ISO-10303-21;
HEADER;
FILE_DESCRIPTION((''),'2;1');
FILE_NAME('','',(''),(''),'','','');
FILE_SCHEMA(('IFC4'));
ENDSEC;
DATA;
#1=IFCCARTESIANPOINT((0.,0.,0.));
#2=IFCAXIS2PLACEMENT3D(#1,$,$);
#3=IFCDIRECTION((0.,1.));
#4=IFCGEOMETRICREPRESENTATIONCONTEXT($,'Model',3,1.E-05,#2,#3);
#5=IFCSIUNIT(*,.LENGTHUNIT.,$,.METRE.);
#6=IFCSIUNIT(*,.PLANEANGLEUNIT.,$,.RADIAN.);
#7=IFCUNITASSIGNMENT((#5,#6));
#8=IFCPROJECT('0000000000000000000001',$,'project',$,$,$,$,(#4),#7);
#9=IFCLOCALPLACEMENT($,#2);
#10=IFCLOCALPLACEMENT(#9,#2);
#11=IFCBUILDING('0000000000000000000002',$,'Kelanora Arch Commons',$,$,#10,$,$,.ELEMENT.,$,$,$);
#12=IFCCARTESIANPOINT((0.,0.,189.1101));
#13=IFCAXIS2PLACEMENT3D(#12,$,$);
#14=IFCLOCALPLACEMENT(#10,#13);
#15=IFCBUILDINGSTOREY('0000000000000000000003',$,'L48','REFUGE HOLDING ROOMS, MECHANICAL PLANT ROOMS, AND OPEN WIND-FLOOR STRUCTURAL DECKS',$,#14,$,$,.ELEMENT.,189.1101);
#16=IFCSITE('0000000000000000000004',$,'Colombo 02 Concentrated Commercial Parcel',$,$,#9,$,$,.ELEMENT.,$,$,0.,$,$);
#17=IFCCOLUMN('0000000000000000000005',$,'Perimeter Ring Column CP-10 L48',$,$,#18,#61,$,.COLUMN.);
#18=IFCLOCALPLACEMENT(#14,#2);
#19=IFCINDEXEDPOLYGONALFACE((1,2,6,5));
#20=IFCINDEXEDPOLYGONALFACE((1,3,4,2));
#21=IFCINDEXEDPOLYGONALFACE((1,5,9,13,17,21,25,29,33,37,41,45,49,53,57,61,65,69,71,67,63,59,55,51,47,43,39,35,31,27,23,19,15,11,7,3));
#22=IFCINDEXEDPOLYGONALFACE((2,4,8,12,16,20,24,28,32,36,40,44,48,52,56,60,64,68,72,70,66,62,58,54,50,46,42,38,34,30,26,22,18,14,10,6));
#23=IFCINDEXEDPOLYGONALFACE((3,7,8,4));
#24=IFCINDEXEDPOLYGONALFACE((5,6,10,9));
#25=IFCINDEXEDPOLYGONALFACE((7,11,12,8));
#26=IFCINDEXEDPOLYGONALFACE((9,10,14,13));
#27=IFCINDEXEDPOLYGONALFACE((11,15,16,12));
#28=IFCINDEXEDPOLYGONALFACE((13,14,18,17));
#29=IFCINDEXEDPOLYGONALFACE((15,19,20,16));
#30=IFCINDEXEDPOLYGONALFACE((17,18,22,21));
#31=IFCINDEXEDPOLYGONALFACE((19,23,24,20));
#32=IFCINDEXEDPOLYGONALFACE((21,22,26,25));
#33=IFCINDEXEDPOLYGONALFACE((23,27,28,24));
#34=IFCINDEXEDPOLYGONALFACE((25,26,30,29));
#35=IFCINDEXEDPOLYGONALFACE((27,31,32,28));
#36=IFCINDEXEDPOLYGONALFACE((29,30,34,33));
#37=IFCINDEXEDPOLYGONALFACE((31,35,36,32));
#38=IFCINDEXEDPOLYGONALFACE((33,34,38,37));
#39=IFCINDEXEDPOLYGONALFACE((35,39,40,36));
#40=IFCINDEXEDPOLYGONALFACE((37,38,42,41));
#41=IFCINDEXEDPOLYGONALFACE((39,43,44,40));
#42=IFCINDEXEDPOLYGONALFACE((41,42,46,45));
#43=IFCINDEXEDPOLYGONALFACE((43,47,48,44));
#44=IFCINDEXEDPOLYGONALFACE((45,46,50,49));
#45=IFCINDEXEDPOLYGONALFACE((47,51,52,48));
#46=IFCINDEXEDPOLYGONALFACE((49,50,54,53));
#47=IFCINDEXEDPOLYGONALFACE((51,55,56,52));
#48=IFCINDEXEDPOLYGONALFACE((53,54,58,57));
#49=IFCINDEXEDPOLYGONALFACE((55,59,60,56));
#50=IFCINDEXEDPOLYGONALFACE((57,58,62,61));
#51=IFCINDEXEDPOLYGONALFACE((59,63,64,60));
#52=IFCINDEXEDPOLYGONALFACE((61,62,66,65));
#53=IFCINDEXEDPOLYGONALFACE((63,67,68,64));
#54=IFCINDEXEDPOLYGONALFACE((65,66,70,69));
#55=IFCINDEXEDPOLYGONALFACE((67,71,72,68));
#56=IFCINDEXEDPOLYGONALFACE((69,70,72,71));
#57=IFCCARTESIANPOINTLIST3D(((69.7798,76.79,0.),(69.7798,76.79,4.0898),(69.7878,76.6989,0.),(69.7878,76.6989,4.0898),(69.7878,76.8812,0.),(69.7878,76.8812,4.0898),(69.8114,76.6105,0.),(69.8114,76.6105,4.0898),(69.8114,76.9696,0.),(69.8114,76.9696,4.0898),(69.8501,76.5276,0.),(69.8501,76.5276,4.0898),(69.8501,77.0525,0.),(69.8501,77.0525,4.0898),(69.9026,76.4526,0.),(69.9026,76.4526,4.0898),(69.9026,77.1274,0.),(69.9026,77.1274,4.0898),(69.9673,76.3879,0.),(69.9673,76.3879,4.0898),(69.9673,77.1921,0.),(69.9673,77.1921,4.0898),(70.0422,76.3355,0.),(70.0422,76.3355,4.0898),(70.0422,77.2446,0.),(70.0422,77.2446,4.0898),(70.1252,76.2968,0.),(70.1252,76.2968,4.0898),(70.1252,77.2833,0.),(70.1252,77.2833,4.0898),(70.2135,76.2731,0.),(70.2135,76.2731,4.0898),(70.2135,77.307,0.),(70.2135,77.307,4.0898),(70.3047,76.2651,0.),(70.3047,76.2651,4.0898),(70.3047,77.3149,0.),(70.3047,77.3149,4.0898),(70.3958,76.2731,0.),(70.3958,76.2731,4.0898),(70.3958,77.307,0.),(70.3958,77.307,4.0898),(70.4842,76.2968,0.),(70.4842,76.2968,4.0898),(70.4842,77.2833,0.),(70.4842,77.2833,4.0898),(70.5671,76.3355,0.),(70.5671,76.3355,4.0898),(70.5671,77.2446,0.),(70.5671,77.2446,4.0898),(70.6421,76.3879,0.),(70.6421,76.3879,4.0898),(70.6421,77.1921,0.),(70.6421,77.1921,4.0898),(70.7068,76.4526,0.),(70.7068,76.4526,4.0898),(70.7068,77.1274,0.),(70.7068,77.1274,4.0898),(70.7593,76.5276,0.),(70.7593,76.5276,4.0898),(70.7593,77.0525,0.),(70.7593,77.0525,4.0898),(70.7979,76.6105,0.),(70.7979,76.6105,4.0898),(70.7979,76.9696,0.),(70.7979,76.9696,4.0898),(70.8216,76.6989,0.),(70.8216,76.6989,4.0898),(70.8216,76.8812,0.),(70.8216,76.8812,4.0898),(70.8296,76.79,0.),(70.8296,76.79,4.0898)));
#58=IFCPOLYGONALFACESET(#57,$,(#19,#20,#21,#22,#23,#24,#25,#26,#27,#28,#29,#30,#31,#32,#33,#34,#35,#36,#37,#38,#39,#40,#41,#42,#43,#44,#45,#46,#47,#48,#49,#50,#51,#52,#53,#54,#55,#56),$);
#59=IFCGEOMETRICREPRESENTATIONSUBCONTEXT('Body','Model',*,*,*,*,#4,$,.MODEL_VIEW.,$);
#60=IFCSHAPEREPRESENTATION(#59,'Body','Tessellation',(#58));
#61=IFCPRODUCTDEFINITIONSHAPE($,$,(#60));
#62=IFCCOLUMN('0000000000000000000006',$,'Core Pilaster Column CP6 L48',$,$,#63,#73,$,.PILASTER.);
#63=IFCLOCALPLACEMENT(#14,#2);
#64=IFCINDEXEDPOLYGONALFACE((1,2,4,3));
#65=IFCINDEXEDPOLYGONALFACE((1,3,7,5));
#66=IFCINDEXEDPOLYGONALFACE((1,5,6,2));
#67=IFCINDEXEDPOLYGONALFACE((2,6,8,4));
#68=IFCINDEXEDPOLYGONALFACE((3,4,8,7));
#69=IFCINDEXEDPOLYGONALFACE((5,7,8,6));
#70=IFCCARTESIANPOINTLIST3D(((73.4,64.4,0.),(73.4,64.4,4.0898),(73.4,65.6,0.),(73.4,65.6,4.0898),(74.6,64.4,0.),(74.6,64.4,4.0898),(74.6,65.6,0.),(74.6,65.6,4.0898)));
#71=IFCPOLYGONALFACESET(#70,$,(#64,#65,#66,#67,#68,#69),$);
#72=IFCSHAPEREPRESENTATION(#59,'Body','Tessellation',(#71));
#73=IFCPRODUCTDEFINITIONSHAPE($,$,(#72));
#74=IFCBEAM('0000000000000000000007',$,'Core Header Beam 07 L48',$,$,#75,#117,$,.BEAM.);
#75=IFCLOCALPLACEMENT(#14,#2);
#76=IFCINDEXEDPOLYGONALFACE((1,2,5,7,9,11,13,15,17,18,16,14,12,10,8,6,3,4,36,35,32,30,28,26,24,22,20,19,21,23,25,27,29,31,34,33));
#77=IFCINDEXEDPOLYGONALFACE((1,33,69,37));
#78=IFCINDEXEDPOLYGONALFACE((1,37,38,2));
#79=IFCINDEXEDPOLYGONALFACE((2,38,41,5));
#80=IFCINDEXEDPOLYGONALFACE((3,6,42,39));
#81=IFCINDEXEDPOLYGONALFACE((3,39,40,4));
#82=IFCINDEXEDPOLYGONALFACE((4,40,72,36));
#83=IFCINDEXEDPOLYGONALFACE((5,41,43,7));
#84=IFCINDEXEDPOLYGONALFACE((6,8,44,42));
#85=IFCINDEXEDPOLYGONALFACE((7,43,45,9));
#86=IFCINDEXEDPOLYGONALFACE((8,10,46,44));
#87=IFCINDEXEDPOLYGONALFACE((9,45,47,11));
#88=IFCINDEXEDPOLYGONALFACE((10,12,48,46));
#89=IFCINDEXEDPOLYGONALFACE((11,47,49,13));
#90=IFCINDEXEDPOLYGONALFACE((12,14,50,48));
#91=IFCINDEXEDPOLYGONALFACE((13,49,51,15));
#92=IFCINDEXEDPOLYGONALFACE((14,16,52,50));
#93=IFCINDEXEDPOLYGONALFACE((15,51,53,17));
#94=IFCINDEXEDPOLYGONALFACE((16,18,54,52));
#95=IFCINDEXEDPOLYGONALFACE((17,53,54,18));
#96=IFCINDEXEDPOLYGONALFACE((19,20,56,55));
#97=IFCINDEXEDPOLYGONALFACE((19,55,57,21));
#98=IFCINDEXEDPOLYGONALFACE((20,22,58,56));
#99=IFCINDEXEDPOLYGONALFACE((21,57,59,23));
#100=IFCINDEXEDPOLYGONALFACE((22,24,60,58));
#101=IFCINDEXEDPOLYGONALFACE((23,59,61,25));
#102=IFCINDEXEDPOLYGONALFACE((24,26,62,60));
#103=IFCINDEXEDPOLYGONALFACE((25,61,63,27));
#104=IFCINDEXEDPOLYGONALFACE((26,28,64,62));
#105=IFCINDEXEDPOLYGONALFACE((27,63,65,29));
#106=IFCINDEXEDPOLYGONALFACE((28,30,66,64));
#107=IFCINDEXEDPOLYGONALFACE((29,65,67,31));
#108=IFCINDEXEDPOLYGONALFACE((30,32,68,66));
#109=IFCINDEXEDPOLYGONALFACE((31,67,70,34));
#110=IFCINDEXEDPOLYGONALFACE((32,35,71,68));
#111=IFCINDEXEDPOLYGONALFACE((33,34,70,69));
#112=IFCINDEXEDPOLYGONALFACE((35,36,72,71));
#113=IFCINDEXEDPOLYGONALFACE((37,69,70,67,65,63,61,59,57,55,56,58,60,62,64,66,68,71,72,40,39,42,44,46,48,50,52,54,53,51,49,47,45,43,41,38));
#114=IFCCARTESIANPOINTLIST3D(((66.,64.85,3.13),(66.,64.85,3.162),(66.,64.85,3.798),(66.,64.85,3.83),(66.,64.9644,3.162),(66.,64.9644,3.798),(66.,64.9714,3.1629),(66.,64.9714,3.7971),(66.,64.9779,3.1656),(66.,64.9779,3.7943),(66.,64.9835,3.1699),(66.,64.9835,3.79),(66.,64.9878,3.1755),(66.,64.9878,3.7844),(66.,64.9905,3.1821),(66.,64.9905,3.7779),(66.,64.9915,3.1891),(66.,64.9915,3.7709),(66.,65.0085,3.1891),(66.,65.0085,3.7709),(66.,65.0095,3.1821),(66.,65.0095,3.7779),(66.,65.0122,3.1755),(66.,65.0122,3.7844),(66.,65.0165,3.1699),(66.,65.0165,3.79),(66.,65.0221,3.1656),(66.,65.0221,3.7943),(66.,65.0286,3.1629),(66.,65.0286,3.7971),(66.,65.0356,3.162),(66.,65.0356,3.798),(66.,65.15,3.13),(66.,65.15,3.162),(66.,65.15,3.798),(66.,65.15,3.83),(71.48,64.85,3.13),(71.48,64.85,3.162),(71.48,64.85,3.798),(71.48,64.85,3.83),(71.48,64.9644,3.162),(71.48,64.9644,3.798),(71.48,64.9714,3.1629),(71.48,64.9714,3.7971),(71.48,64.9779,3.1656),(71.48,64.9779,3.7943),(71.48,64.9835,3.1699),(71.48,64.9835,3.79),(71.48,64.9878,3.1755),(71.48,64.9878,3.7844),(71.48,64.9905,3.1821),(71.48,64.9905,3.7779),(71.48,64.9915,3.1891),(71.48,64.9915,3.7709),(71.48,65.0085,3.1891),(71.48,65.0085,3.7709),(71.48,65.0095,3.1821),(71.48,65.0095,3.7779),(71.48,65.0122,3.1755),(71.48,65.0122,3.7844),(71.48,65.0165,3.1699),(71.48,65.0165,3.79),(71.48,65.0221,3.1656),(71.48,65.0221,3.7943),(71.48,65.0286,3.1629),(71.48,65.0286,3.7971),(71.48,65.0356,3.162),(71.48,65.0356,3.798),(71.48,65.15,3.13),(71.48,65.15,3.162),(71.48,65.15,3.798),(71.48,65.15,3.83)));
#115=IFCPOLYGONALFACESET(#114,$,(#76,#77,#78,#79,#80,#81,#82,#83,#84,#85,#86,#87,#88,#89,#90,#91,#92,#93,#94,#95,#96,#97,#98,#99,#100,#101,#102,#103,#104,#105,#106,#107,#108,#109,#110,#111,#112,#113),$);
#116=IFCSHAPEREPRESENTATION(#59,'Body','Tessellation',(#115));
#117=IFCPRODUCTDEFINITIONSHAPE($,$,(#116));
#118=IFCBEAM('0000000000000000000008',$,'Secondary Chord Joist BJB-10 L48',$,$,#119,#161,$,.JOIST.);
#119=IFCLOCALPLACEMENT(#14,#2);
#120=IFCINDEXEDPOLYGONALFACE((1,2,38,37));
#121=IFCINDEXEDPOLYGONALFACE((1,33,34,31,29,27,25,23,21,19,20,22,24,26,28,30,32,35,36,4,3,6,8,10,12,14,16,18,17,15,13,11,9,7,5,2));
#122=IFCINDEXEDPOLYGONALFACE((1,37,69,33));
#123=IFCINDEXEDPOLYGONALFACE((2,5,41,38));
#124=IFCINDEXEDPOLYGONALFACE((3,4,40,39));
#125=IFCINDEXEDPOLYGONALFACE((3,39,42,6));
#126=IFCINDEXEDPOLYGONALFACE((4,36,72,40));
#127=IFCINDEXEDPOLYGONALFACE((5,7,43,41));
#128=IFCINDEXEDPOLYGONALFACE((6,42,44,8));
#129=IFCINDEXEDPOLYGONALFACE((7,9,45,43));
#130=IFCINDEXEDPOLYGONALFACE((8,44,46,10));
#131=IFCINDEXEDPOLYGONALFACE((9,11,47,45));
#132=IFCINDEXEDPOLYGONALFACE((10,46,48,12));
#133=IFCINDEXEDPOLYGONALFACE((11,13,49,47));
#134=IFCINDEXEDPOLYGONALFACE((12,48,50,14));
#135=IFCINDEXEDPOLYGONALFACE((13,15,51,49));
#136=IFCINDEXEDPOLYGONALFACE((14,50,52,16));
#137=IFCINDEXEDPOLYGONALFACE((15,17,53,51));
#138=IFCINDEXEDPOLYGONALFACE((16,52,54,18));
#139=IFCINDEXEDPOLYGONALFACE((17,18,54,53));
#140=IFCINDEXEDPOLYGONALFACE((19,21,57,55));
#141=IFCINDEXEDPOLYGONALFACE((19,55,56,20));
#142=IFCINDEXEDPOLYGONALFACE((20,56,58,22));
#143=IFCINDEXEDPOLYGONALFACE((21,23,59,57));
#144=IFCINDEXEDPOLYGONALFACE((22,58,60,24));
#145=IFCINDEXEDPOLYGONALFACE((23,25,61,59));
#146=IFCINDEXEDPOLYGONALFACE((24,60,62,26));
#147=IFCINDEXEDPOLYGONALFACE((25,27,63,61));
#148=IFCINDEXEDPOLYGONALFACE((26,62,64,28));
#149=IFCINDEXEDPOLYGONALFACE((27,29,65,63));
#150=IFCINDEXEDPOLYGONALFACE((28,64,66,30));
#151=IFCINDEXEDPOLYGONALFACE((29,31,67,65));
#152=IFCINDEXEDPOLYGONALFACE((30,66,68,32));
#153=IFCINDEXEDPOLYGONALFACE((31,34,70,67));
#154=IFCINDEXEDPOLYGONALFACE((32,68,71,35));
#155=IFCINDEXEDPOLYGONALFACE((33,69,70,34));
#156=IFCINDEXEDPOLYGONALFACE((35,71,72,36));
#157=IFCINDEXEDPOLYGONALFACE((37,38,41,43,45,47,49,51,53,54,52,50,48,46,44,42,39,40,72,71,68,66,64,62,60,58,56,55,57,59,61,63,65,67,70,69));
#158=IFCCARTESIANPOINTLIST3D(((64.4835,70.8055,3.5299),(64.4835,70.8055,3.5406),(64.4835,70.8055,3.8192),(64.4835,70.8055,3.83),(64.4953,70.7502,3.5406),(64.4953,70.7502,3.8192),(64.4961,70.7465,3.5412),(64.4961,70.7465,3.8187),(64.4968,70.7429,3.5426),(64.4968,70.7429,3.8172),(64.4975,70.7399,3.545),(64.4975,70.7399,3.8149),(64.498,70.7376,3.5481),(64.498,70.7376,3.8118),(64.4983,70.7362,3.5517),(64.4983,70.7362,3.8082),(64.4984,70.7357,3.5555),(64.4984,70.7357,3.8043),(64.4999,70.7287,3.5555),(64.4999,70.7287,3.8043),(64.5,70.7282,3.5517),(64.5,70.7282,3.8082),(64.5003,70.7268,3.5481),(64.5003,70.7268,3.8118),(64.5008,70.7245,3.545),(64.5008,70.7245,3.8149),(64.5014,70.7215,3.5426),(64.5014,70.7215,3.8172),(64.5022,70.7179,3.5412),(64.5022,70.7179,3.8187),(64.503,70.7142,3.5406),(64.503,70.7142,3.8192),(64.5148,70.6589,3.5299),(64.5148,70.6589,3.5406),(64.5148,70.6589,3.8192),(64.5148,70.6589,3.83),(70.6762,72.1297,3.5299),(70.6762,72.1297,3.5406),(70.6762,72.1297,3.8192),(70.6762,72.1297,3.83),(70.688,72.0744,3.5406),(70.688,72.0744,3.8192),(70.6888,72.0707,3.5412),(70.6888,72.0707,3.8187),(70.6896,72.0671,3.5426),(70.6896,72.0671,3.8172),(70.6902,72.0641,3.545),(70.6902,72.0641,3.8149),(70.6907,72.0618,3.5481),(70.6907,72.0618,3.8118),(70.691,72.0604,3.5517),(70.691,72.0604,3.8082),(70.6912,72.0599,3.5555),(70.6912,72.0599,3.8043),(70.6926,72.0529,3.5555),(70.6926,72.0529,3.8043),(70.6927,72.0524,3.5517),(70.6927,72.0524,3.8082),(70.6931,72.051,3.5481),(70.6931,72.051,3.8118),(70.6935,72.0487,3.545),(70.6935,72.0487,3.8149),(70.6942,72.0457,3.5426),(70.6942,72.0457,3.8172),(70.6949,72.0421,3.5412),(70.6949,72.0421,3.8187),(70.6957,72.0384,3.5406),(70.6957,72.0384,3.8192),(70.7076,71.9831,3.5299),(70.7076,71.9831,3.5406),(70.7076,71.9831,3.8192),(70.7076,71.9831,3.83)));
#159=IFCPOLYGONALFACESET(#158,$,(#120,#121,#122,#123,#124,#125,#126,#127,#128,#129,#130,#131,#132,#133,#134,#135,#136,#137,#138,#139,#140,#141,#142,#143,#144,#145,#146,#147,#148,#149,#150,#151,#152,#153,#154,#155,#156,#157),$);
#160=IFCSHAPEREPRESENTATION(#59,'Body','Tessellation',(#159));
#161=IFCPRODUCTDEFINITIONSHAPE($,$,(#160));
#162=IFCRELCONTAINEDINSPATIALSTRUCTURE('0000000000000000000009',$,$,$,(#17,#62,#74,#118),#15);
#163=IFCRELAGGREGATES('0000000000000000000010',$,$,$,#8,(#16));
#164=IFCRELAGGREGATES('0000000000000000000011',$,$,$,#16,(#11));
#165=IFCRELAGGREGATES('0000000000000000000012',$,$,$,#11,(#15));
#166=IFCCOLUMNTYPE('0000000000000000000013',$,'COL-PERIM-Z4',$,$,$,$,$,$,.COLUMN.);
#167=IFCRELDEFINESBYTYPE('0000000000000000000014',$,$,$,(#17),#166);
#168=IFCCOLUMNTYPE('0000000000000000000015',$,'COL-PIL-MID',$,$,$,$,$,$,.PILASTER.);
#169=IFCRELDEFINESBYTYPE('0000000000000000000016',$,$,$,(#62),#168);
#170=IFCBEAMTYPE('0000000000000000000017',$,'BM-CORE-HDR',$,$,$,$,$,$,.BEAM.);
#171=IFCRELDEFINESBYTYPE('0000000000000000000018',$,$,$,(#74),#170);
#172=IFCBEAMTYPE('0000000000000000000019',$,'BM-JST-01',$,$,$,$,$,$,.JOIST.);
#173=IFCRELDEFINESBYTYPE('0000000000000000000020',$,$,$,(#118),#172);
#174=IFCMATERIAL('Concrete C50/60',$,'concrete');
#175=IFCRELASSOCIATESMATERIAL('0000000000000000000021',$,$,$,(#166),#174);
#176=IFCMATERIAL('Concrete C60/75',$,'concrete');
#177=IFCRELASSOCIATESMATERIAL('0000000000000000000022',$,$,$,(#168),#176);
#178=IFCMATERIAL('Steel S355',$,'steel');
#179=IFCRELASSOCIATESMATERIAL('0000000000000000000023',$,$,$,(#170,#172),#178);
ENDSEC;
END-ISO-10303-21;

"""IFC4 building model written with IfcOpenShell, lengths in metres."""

from ifc_helpers import new_model, si_unit, direction, frame, origin, origin_2d, place, context, subcontext, project, spatial, rectangle, circle, i_section, extrude, material, material_profile, profile_set, type_object, element, save


model = new_model("IFC4")

# Units and contexts
model_context = context("Model", 3, precision=1e-05, world=origin(), true_north=direction((0.0, 1.0)))
body_context = subcontext(model_context, "Body", "Model", "MODEL_VIEW")
ifc_project = project(units=[si_unit("LENGTHUNIT", "METRE"), si_unit("PLANEANGLEUNIT", "RADIAN")], contexts=[model_context])

# Site, building, storey
site_placement = place(None, origin())
site = spatial("IfcSite", under=ifc_project, at=site_placement, Name="Colombo 02 Concentrated Commercial Parcel", CompositionType="ELEMENT", RefElevation=0.0)
building_placement = place(site_placement, origin())
building = spatial("IfcBuilding", under=site, at=building_placement, Name="Kelanora Arch Commons", CompositionType="ELEMENT")
storey_placement = place(building_placement, frame((0.0, 0.0, 189.1101)))
storey = spatial("IfcBuildingStorey", under=building, at=storey_placement, Name="L48", Description="REFUGE HOLDING ROOMS, MECHANICAL PLANT ROOMS, AND OPEN WIND-FLOOR STRUCTURAL DECKS", CompositionType="ELEMENT", Elevation=189.1101)

# Columns
ifc_material_1 = material(Name="Concrete C50/60", Category="concrete")
ifc_material_profile_1 = material_profile(ifc_material_1, circle(Radius=0.5249, at=origin_2d()), Name="RCC1050")
ifc_profile_set_1 = profile_set([ifc_material_profile_1], Name="Concrete C50/60")
column_type_1 = type_object("IfcColumnType", Name="COL-PERIM-Z4", PredefinedType="COLUMN", material=ifc_profile_set_1)
column_1_placement = place(storey_placement, frame((70.3047, 76.79, 0.0), z_axis=(0.0, 0.0, 1.0), x_axis=(1.0, 0.0, 0.0)))
element("IfcColumn", 1, at=column_1_placement, inside=storey, type_object=column_type_1, Name="Perimeter Ring Column CP-10 L48", PredefinedType="COLUMN", context=body_context, shape_type="SweptSolid", body=[
    extrude(circle(Radius=0.5249, at=origin_2d()), origin(), (0.0, 0.0, 1.0), 4.0898),
])
ifc_material_2 = material(Name="Concrete C60/75", Category="concrete")
ifc_material_profile_2 = material_profile(ifc_material_2, rectangle(XDim=1.2, YDim=1.2, at=origin_2d()), Name="RC1200x1200")
ifc_profile_set_2 = profile_set([ifc_material_profile_2], Name="Concrete C60/75")
column_type_2 = type_object("IfcColumnType", Name="COL-PIL-MID", PredefinedType="PILASTER", material=ifc_profile_set_2)
column_2_placement = place(storey_placement, frame((74.0, 65.0, 0.0), z_axis=(0.0, 0.0, 1.0), x_axis=(1.0, 0.0, 0.0)))
element("IfcColumn", 2, at=column_2_placement, inside=storey, type_object=column_type_2, Name="Core Pilaster Column CP6 L48", PredefinedType="PILASTER", context=body_context, shape_type="SweptSolid", body=[
    extrude(rectangle(XDim=1.2, YDim=1.2, at=origin_2d()), origin(), (0.0, 0.0, 1.0), 4.0898),
])

# Beams
ifc_material_3 = material(Name="Steel S355", Category="steel")
ifc_material_profile_3 = material_profile(ifc_material_3, i_section(OverallWidth=0.3, OverallDepth=0.7, WebThickness=0.0171, FlangeThickness=0.032, FilletRadius=0.0271, at=origin_2d()), Name="HEB700")
ifc_profile_set_3 = profile_set([ifc_material_profile_3], Name="Steel S355")
beam_type_1 = type_object("IfcBeamType", Name="BM-CORE-HDR", PredefinedType="BEAM", material=ifc_profile_set_3)
beam_1_placement = place(storey_placement, frame((71.48, 65.0, 3.48), z_axis=(-1.0, 0.0, 0.0), x_axis=(0.0, -1.0, 0.0)))
element("IfcBeam", 3, at=beam_1_placement, inside=storey, type_object=beam_type_1, Name="Core Header Beam 07 L48", PredefinedType="BEAM", context=body_context, shape_type="SweptSolid", body=[
    extrude(i_section(OverallWidth=0.3, OverallDepth=0.7, WebThickness=0.0171, FlangeThickness=0.032, FilletRadius=0.0271, at=origin_2d()), origin(), (0.0, 0.0, 1.0), 5.48),
])
ifc_material_profile_4 = material_profile(ifc_material_3, i_section(OverallWidth=0.1499, OverallDepth=0.3, WebThickness=0.0071, FlangeThickness=0.0107, FilletRadius=0.0149, at=origin_2d()), Name="IPE300")
ifc_profile_set_4 = profile_set([ifc_material_profile_4], Name="Steel S355")
beam_type_2 = type_object("IfcBeamType", Name="BM-JST-01", PredefinedType="JOIST", material=ifc_profile_set_4)
beam_2_placement = place(storey_placement, frame((70.6919, 72.0564, 3.6799), z_axis=(-0.977894, -0.209103, 0.0), x_axis=(0.209103, -0.977894, 0.0)))
element("IfcBeam", 4, at=beam_2_placement, inside=storey, type_object=beam_type_2, Name="Secondary Chord Joist BJB-10 L48", PredefinedType="JOIST", context=body_context, shape_type="SweptSolid", body=[
    extrude(i_section(OverallWidth=0.1499, OverallDepth=0.3, WebThickness=0.0071, FlangeThickness=0.0107, FilletRadius=0.0149, at=origin_2d()), origin(), (0.0, 0.0, 1.0), 6.3328),
])

save(model, "model.ifc")
